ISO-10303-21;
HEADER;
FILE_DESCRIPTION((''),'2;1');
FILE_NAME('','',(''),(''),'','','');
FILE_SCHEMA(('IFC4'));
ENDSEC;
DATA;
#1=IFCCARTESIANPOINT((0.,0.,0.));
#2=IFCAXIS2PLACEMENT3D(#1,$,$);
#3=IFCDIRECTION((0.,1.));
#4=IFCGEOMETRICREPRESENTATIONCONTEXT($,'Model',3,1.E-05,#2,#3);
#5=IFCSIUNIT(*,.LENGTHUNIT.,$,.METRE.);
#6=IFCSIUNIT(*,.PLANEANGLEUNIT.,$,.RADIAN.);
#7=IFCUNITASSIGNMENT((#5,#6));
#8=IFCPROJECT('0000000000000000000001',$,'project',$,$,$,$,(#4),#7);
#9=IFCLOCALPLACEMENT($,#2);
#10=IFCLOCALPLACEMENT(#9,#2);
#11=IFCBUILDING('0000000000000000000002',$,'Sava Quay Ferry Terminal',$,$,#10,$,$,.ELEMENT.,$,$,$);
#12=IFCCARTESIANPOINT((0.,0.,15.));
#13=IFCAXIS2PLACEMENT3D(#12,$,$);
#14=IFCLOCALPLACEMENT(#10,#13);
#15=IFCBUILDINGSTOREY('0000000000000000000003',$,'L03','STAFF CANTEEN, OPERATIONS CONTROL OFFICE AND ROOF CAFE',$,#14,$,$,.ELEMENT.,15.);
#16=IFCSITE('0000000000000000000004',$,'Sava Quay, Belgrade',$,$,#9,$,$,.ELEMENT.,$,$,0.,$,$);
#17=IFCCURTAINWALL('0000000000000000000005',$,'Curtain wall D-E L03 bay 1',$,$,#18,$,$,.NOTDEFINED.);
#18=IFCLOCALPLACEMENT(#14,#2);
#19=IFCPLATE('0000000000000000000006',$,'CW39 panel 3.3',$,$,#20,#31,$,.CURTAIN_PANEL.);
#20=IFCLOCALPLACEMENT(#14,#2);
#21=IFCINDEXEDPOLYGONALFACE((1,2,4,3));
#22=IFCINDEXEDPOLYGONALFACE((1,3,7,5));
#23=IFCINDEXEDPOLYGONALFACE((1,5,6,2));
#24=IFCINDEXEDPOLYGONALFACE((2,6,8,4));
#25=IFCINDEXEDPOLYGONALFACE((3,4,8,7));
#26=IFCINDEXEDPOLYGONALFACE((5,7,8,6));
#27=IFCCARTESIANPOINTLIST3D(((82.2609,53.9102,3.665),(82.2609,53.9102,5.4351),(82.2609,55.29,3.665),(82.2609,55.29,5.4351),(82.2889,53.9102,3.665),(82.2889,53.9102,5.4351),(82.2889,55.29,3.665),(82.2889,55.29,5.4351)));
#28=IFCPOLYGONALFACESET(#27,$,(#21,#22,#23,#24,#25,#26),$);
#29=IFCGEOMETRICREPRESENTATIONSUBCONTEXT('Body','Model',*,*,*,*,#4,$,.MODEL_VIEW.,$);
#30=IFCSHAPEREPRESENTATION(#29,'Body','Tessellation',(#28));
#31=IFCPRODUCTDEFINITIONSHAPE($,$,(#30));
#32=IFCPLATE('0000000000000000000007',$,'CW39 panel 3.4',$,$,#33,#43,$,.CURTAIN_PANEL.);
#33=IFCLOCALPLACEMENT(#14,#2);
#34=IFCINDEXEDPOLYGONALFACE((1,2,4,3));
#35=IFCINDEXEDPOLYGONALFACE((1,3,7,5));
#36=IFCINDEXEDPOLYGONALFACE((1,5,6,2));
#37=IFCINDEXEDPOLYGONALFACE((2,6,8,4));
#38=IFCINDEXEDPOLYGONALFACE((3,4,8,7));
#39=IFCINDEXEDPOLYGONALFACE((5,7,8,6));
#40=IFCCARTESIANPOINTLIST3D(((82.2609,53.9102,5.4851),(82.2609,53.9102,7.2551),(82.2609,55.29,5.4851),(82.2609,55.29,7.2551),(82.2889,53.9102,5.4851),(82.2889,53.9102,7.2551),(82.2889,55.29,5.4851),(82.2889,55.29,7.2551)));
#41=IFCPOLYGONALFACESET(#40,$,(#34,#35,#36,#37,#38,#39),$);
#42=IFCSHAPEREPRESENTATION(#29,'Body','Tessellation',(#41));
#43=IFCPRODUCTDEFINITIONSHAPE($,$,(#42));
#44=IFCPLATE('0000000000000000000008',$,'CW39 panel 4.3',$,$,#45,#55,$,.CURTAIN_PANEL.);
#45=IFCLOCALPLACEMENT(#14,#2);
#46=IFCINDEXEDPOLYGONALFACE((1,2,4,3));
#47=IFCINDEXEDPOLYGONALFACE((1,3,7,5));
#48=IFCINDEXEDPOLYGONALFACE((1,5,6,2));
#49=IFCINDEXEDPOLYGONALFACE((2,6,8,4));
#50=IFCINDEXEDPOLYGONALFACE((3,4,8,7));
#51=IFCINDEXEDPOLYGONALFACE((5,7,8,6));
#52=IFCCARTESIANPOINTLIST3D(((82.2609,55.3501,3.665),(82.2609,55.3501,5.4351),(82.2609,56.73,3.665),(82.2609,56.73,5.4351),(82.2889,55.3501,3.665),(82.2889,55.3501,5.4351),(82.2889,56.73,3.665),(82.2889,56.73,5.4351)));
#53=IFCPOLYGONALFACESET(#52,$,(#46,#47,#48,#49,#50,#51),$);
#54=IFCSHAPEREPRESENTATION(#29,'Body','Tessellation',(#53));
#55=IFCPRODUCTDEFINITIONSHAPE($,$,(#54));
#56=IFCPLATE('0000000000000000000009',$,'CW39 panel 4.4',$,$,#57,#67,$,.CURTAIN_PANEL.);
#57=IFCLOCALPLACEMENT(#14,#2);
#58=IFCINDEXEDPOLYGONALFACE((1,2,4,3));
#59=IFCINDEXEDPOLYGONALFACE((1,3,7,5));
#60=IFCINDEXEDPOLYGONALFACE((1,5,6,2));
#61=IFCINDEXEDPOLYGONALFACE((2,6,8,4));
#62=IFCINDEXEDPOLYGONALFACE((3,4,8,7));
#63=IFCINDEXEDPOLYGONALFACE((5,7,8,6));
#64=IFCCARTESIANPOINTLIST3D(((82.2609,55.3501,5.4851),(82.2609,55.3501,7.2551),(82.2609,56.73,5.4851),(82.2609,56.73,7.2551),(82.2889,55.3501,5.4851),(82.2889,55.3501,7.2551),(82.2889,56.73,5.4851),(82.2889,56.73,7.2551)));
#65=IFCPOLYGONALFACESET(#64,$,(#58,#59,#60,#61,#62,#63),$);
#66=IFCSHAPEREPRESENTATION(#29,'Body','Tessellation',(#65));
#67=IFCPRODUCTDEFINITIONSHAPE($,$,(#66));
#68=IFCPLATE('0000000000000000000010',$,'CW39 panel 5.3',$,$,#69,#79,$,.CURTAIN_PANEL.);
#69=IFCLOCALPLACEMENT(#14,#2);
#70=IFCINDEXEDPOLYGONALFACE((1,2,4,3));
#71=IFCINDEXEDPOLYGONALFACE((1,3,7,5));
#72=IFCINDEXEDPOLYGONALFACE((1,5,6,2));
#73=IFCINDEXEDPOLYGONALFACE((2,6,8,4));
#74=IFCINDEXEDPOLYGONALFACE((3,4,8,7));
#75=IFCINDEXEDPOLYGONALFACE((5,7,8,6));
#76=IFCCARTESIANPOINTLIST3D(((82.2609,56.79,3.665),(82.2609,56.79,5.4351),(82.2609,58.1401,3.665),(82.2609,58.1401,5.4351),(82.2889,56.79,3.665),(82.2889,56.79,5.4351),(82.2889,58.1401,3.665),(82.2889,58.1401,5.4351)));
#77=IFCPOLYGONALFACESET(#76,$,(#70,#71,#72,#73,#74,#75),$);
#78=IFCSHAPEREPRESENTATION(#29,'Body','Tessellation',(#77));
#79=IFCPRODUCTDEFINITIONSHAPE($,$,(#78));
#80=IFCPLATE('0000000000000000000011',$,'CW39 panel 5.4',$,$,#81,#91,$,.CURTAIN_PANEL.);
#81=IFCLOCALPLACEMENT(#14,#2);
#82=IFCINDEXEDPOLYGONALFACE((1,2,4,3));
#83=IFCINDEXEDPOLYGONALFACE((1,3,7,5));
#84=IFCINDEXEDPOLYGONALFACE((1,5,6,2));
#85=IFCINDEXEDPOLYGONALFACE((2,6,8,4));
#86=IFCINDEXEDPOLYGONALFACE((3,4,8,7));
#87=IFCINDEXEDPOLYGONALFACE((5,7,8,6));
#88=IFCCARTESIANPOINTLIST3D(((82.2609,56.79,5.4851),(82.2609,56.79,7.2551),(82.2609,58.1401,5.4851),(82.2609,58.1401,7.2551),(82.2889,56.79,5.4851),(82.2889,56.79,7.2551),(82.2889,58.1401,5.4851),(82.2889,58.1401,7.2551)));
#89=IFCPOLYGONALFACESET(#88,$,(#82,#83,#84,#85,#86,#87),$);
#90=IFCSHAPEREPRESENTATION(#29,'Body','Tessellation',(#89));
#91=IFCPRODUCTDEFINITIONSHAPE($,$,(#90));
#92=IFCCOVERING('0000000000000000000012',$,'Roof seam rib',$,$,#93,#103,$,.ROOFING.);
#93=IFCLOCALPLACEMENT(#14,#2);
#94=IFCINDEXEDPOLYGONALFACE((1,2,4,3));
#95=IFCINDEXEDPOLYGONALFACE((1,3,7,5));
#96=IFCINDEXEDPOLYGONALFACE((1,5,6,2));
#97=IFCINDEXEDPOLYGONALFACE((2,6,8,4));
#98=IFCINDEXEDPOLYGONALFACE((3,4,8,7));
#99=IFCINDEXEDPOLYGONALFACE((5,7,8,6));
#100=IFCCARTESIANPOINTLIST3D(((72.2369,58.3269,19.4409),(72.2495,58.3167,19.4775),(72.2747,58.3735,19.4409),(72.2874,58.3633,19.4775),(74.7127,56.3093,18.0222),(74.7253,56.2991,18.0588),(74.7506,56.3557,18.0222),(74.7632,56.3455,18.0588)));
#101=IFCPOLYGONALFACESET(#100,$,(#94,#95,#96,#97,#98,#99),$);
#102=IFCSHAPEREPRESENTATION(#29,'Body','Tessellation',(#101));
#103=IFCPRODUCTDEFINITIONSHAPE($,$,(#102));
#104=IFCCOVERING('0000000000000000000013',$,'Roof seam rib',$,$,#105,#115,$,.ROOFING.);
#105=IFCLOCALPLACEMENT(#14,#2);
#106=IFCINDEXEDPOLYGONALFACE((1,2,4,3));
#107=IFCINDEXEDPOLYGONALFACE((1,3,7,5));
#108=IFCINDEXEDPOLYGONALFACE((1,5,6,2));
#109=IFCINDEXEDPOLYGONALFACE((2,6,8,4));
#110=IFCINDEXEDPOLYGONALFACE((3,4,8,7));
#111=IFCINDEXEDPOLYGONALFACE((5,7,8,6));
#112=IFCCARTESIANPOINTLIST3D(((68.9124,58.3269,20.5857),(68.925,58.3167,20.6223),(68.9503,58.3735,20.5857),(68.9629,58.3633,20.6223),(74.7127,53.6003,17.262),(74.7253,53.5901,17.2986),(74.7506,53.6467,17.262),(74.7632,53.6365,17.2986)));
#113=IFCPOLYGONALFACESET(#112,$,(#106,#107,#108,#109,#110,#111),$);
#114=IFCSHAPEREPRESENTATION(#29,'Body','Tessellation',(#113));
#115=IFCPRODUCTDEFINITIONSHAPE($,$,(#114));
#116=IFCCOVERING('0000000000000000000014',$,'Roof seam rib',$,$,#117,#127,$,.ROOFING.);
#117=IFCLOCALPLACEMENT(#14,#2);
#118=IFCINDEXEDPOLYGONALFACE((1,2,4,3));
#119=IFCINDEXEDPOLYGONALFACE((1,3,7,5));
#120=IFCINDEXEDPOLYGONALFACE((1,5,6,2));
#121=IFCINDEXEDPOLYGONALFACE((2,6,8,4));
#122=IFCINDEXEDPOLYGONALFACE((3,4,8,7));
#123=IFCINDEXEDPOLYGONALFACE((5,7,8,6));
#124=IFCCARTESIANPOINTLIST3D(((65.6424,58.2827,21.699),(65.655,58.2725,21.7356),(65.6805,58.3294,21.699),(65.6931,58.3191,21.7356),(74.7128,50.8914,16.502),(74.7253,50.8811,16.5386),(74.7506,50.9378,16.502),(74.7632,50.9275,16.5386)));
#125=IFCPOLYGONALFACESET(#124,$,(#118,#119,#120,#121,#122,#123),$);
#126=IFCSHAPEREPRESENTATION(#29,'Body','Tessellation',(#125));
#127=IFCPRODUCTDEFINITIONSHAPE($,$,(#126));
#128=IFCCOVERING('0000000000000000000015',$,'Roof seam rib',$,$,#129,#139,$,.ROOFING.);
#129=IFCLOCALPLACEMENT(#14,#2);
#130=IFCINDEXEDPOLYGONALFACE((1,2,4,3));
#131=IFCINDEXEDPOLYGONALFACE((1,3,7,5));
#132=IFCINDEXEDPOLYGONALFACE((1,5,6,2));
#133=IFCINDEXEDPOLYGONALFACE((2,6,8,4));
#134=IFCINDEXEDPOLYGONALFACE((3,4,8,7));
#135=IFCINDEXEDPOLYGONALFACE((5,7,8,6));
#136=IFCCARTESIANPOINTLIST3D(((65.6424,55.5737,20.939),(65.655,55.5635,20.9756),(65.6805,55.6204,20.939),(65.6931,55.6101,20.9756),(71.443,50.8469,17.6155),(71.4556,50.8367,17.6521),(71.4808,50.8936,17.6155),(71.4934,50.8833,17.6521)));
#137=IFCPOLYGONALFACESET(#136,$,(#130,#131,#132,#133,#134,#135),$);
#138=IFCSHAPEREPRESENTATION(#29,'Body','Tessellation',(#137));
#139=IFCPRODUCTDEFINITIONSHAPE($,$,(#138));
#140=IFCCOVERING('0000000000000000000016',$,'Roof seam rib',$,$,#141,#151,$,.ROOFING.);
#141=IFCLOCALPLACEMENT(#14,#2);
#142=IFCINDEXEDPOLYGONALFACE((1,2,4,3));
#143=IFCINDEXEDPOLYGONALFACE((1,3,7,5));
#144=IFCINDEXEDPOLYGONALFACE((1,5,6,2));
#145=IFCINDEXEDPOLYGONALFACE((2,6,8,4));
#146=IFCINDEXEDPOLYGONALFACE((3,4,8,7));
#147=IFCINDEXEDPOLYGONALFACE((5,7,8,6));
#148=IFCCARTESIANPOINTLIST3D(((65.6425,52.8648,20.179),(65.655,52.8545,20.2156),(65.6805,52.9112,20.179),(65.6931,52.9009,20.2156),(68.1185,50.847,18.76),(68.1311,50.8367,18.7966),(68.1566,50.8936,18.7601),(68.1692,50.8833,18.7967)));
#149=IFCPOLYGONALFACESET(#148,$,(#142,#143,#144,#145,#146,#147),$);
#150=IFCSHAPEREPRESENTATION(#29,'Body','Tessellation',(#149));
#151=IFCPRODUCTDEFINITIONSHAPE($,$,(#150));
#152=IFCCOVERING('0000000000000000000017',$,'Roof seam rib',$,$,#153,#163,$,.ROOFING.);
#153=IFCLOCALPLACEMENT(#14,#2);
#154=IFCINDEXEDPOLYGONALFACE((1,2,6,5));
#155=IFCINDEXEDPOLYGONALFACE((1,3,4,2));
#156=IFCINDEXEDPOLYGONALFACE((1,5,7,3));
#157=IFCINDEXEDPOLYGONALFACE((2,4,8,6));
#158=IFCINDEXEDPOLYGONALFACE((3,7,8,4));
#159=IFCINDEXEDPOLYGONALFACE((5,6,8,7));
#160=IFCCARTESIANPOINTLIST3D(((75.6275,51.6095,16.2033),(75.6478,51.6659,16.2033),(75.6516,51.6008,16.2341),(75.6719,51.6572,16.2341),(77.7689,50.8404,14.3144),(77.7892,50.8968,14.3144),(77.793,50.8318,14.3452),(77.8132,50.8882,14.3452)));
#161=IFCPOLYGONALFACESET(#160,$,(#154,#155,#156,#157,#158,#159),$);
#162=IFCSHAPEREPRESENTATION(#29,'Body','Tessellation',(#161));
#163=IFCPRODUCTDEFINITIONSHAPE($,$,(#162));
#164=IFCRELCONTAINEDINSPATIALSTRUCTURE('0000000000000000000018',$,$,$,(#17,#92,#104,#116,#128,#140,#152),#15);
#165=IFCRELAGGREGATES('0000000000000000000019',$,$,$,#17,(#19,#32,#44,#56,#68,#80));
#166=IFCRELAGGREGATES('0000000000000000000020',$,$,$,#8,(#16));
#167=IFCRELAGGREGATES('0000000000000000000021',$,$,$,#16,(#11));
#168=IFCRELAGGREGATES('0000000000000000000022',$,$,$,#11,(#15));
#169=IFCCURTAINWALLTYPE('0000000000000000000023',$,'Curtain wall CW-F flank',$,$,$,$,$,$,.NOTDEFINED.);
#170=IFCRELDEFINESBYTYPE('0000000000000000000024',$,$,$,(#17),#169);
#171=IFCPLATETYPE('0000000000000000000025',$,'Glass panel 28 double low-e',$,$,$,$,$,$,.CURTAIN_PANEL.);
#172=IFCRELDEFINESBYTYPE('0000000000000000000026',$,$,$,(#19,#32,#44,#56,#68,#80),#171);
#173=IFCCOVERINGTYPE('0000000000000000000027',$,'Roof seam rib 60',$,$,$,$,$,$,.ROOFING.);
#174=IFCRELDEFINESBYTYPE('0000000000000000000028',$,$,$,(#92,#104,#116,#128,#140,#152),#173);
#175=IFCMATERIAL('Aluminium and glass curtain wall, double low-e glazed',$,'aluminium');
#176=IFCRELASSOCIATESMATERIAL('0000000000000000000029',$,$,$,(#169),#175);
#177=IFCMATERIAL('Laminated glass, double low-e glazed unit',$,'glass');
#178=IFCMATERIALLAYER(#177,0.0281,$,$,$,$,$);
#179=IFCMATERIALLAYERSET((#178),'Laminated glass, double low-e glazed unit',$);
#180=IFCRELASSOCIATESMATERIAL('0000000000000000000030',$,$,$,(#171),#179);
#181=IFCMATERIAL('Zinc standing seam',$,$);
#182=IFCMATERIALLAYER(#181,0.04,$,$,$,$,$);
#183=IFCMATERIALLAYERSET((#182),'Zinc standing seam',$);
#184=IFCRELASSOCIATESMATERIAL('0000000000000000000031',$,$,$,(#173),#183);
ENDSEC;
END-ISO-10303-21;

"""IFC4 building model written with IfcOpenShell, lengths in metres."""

from ifc_helpers import new_model, si_unit, direction, frame, origin, origin_2d, place, context, subcontext, project, spatial, polyline, rectangle, outline, extrude, material, layer, layer_set, type_object, element, aggregate, save


model = new_model("IFC4")

# Units and contexts
model_context = context("Model", 3, precision=1e-05, world=origin(), true_north=direction((0.0, 1.0)))
body_context = subcontext(model_context, "Body", "Model", "MODEL_VIEW")
ifc_project = project(units=[si_unit("LENGTHUNIT", "METRE"), si_unit("PLANEANGLEUNIT", "RADIAN")], contexts=[model_context])

# Site, building, storey
site_placement = place(None, origin())
site = spatial("IfcSite", under=ifc_project, at=site_placement, Name="Sava Quay, Belgrade", CompositionType="ELEMENT", RefElevation=0.0)
building_placement = place(site_placement, origin())
building = spatial("IfcBuilding", under=site, at=building_placement, Name="Sava Quay Ferry Terminal", CompositionType="ELEMENT")
storey_placement = place(building_placement, frame((0.0, 0.0, 15.0)))
storey = spatial("IfcBuildingStorey", under=building, at=storey_placement, Name="L03", Description="STAFF CANTEEN, OPERATIONS CONTROL OFFICE AND ROOF CAFE", CompositionType="ELEMENT", Elevation=15.0)

# Curtain wall, plates
ifc_material_1 = material(Name="Aluminium and glass curtain wall, double low-e glazed", Category="aluminium")
curtain_wall_type = type_object("IfcCurtainWallType", Name="Curtain wall CW-F flank", PredefinedType="NOTDEFINED", material=ifc_material_1)
curtain_wall_placement = place(storey_placement, origin())
curtain_wall = element("IfcCurtainWall", 1, at=curtain_wall_placement, inside=storey, type_object=curtain_wall_type, Name="Curtain wall D-E L03 bay 1", PredefinedType="NOTDEFINED")
ifc_material_2 = material(Name="Laminated glass, double low-e glazed unit", Category="glass")
ifc_layer_1 = layer(ifc_material_2, 0.0281)
ifc_layer_set_1 = layer_set([ifc_layer_1], Name="Laminated glass, double low-e glazed unit")
plate_type = type_object("IfcPlateType", Name="Glass panel 28 double low-e", PredefinedType="CURTAIN_PANEL", material=ifc_layer_set_1)
plate_1_placement = place(storey_placement, frame((82.2749, 54.6001, 3.665), z_axis=(0.0, 0.0, 1.0), x_axis=(0.0, 1.0, 0.0)))
plate_1 = element("IfcPlate", 2, at=plate_1_placement, type_object=plate_type, Name="CW39 panel 3.3", PredefinedType="CURTAIN_PANEL", context=body_context, shape_type="SweptSolid", body=[
    extrude(rectangle(XDim=1.3799, YDim=0.0281, at=origin_2d()), origin(), (0.0, 0.0, 1.0), 1.77),
])
plate_2_placement = place(storey_placement, frame((82.2749, 54.6001, 5.4851), z_axis=(0.0, 0.0, 1.0), x_axis=(0.0, 1.0, 0.0)))
plate_2 = element("IfcPlate", 3, at=plate_2_placement, type_object=plate_type, Name="CW39 panel 3.4", PredefinedType="CURTAIN_PANEL", context=body_context, shape_type="SweptSolid", body=[
    extrude(rectangle(XDim=1.3799, YDim=0.0281, at=origin_2d()), origin(), (0.0, 0.0, 1.0), 1.77),
])
plate_3_placement = place(storey_placement, frame((82.2749, 56.04, 3.665), z_axis=(0.0, 0.0, 1.0), x_axis=(0.0, 1.0, 0.0)))
plate_3 = element("IfcPlate", 4, at=plate_3_placement, type_object=plate_type, Name="CW39 panel 4.3", PredefinedType="CURTAIN_PANEL", context=body_context, shape_type="SweptSolid", body=[
    extrude(rectangle(XDim=1.3799, YDim=0.0281, at=origin_2d()), origin(), (0.0, 0.0, 1.0), 1.77),
])
plate_4_placement = place(storey_placement, frame((82.2749, 56.04, 5.4851), z_axis=(0.0, 0.0, 1.0), x_axis=(0.0, 1.0, 0.0)))
plate_4 = element("IfcPlate", 5, at=plate_4_placement, type_object=plate_type, Name="CW39 panel 4.4", PredefinedType="CURTAIN_PANEL", context=body_context, shape_type="SweptSolid", body=[
    extrude(rectangle(XDim=1.3799, YDim=0.0281, at=origin_2d()), origin(), (0.0, 0.0, 1.0), 1.77),
])
plate_5_placement = place(storey_placement, frame((82.2749, 57.4651, 3.665), z_axis=(0.0, 0.0, 1.0), x_axis=(0.0, 1.0, 0.0)))
plate_5 = element("IfcPlate", 6, at=plate_5_placement, type_object=plate_type, Name="CW39 panel 5.3", PredefinedType="CURTAIN_PANEL", context=body_context, shape_type="SweptSolid", body=[
    extrude(rectangle(XDim=1.3501, YDim=0.0281, at=origin_2d()), origin(), (0.0, 0.0, 1.0), 1.77),
])
plate_6_placement = place(storey_placement, frame((82.2749, 57.4651, 5.4851), z_axis=(0.0, 0.0, 1.0), x_axis=(0.0, 1.0, 0.0)))
plate_6 = element("IfcPlate", 7, at=plate_6_placement, type_object=plate_type, Name="CW39 panel 5.4", PredefinedType="CURTAIN_PANEL", context=body_context, shape_type="SweptSolid", body=[
    extrude(rectangle(XDim=1.3501, YDim=0.0281, at=origin_2d()), origin(), (0.0, 0.0, 1.0), 1.77),
])
aggregate(curtain_wall, [plate_1, plate_2, plate_3, plate_4, plate_5, plate_6])

# Coverings
ifc_material_3 = material(Name="Zinc standing seam")
ifc_layer_2 = layer(ifc_material_3, 0.04)
ifc_layer_set_2 = layer_set([ifc_layer_2], Name="Zinc standing seam")
covering_type = type_object("IfcCoveringType", Name="Roof seam rib 60", PredefinedType="ROOFING", material=ifc_layer_set_2)
covering_1_placement = place(storey_placement, frame((74.7253, 56.2991, 18.0588), z_axis=(0.314885, -0.256205, 0.913896), x_axis=(-0.708452, 0.577324, 0.405947)))
element("IfcCovering", 8, at=covering_1_placement, inside=storey, type_object=covering_type, Name="Roof seam rib", PredefinedType="ROOFING", context=body_context, shape_type="SweptSolid", body=[
    extrude(outline(polyline([(0.0, 0.0), (3.4947, 0.0), (3.4948, -0.0601), (0.0, -0.0599), (0.0, 0.0)])), origin(), (0.0, 0.0, -1.0), 0.04),
])
covering_2_placement = place(storey_placement, frame((74.7253, 53.5901, 17.2986), z_axis=(0.314895, -0.256214, 0.91389), x_axis=(-0.708456, 0.577309, 0.405961)))
element("IfcCovering", 9, at=covering_2_placement, inside=storey, type_object=covering_type, Name="Roof seam rib", PredefinedType="ROOFING", context=body_context, shape_type="SweptSolid", body=[
    extrude(outline(polyline([(0.0, 0.0), (8.1872, 0.0), (8.1874, -0.0601), (0.0, -0.0599), (0.0, 0.0)])), origin(), (0.0, 0.0, -1.0), 0.04),
])
covering_3_placement = place(storey_placement, frame((74.7253, 50.8811, 16.5386), z_axis=(0.314466, -0.25669, 0.913905), x_axis=(-0.708463, 0.577323, 0.405929)))
element("IfcCovering", 10, at=covering_3_placement, inside=storey, type_object=covering_type, Name="Roof seam rib", PredefinedType="ROOFING", context=body_context, shape_type="SweptSolid", body=[
    extrude(outline(polyline([(0.0, 0.0), (12.8028, 0.0), (12.8027, -0.0602), (0.0, -0.0599), (0.0, 0.0)])), origin(), (0.0, 0.0, -1.0), 0.04),
])
covering_4_placement = place(storey_placement, frame((71.4556, 50.8367, 17.6521), z_axis=(0.314794, -0.256286, 0.913905), x_axis=(-0.708465, 0.577322, 0.405928)))
element("IfcCovering", 11, at=covering_4_placement, inside=storey, type_object=covering_type, Name="Roof seam rib", PredefinedType="ROOFING", context=body_context, shape_type="SweptSolid", body=[
    extrude(outline(polyline([(0.0, 0.0), (8.1875, 0.0), (8.1874, -0.0602), (0.0001, -0.0601), (0.0, 0.0)])), origin(), (0.0, 0.0, -1.0), 0.04),
])
covering_5_placement = place(storey_placement, frame((68.1311, 50.8367, 18.7966), z_axis=(0.314106, -0.257221, 0.913879), x_axis=(-0.708432, 0.577321, 0.405986)))
element("IfcCovering", 12, at=covering_5_placement, inside=storey, type_object=covering_type, Name="Roof seam rib", PredefinedType="ROOFING", context=body_context, shape_type="SweptSolid", body=[
    extrude(outline(polyline([(0.0, 0.0), (3.4951, 0.0), (3.4949, -0.06), (-0.0001, -0.0602), (0.0, 0.0)])), origin(), (0.0, 0.0, -1.0), 0.04),
])
covering_6_placement = place(storey_placement, frame((77.793, 50.8318, 14.3452), z_axis=(0.601132, -0.215991, 0.769407), x_axis=(-0.724124, 0.260061, 0.638758)))
element("IfcCovering", 13, at=covering_6_placement, inside=storey, type_object=covering_type, Name="Roof seam rib", PredefinedType="ROOFING", context=body_context, shape_type="SweptSolid", body=[
    extrude(outline(polyline([(0.0, 0.0), (2.9572, 0.0), (2.9572, -0.0599), (0.0, -0.0599), (0.0, 0.0)])), origin(), (0.0, 0.0, -1.0), 0.04),
])

save(model, "model.ifc")
